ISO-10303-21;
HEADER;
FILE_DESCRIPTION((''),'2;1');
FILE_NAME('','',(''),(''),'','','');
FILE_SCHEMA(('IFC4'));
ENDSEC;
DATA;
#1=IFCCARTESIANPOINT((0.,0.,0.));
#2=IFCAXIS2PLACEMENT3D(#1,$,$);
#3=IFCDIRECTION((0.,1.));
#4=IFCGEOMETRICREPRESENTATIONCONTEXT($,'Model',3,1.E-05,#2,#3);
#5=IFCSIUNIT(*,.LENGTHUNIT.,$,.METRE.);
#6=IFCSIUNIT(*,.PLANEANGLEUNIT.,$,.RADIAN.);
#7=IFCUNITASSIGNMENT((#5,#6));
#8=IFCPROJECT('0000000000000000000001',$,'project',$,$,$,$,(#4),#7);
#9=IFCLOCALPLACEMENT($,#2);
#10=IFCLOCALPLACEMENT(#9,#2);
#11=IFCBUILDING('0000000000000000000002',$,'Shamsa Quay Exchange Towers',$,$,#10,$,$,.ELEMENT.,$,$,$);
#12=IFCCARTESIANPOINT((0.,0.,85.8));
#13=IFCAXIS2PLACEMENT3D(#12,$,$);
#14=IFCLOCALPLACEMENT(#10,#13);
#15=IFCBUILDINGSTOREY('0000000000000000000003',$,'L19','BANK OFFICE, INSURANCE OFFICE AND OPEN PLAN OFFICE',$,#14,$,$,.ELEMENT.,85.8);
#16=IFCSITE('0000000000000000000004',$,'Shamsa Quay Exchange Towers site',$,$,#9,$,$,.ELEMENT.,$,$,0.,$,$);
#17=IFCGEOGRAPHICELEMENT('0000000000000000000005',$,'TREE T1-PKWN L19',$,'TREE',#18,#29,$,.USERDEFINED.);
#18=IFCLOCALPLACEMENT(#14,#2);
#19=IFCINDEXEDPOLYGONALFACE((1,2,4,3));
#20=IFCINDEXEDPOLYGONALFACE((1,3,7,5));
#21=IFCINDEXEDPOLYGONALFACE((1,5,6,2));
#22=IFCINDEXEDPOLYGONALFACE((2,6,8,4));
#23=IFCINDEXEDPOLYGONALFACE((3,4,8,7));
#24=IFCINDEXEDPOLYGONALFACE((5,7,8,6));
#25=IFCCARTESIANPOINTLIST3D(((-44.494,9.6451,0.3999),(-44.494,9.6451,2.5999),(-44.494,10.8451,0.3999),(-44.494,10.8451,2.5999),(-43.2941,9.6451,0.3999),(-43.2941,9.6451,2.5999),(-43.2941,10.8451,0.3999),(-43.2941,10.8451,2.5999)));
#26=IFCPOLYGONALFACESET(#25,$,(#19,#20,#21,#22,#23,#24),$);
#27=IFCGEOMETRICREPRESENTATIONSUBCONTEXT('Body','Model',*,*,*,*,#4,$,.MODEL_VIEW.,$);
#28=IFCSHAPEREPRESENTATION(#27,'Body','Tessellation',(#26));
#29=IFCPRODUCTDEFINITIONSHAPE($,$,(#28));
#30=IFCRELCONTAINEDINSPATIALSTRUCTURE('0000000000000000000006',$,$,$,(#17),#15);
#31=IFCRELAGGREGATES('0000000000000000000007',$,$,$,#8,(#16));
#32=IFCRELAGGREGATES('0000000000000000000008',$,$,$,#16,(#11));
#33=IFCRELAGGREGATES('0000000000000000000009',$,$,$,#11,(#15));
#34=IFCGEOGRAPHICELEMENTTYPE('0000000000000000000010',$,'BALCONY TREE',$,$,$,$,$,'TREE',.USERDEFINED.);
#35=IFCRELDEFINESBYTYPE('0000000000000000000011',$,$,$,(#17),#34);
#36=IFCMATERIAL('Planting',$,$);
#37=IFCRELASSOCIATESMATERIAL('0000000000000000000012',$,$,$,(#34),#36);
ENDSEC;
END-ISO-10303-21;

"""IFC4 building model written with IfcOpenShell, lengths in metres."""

from ifc_helpers import new_model, si_unit, direction, frame, origin, origin_2d, place, context, subcontext, project, spatial, rectangle, extrude, material, type_object, element, save


model = new_model("IFC4")

# Units and contexts
model_context = context("Model", 3, precision=1e-05, world=origin(), true_north=direction((0.0, 1.0)))
body_context = subcontext(model_context, "Body", "Model", "MODEL_VIEW")
ifc_project = project(units=[si_unit("LENGTHUNIT", "METRE"), si_unit("PLANEANGLEUNIT", "RADIAN")], contexts=[model_context])

# Site, building, storey
site_placement = place(None, origin())
site = spatial("IfcSite", under=ifc_project, at=site_placement, Name="Shamsa Quay Exchange Towers site", CompositionType="ELEMENT", RefElevation=0.0)
building_placement = place(site_placement, origin())
building = spatial("IfcBuilding", under=site, at=building_placement, Name="Shamsa Quay Exchange Towers", CompositionType="ELEMENT")
storey_placement = place(building_placement, frame((0.0, 0.0, 85.8)))
storey = spatial("IfcBuildingStorey", under=building, at=storey_placement, Name="L19", Description="BANK OFFICE, INSURANCE OFFICE AND OPEN PLAN OFFICE", CompositionType="ELEMENT", Elevation=85.8)

# Geographic element
ifc_material_1 = material(Name="Planting")
geographic_element_type = type_object("IfcGeographicElementType", Name="BALCONY TREE", ElementType="TREE", PredefinedType="USERDEFINED", material=ifc_material_1)
geographic_element_placement = place(storey_placement, frame((-43.894, 10.2451, 0.3999), z_axis=(0.0, 0.0, 1.0), x_axis=(-1.0, 0.0, 0.0)))
element("IfcGeographicElement", 1, at=geographic_element_placement, inside=storey, type_object=geographic_element_type, Name="TREE T1-PKWN L19", ObjectType="TREE", PredefinedType="USERDEFINED", context=body_context, shape_type="SweptSolid", body=[
    extrude(rectangle(XDim=1.2, YDim=1.2, at=origin_2d()), origin(), (0.0, 0.0, 1.0), 2.2),
])

save(model, "model.ifc")
